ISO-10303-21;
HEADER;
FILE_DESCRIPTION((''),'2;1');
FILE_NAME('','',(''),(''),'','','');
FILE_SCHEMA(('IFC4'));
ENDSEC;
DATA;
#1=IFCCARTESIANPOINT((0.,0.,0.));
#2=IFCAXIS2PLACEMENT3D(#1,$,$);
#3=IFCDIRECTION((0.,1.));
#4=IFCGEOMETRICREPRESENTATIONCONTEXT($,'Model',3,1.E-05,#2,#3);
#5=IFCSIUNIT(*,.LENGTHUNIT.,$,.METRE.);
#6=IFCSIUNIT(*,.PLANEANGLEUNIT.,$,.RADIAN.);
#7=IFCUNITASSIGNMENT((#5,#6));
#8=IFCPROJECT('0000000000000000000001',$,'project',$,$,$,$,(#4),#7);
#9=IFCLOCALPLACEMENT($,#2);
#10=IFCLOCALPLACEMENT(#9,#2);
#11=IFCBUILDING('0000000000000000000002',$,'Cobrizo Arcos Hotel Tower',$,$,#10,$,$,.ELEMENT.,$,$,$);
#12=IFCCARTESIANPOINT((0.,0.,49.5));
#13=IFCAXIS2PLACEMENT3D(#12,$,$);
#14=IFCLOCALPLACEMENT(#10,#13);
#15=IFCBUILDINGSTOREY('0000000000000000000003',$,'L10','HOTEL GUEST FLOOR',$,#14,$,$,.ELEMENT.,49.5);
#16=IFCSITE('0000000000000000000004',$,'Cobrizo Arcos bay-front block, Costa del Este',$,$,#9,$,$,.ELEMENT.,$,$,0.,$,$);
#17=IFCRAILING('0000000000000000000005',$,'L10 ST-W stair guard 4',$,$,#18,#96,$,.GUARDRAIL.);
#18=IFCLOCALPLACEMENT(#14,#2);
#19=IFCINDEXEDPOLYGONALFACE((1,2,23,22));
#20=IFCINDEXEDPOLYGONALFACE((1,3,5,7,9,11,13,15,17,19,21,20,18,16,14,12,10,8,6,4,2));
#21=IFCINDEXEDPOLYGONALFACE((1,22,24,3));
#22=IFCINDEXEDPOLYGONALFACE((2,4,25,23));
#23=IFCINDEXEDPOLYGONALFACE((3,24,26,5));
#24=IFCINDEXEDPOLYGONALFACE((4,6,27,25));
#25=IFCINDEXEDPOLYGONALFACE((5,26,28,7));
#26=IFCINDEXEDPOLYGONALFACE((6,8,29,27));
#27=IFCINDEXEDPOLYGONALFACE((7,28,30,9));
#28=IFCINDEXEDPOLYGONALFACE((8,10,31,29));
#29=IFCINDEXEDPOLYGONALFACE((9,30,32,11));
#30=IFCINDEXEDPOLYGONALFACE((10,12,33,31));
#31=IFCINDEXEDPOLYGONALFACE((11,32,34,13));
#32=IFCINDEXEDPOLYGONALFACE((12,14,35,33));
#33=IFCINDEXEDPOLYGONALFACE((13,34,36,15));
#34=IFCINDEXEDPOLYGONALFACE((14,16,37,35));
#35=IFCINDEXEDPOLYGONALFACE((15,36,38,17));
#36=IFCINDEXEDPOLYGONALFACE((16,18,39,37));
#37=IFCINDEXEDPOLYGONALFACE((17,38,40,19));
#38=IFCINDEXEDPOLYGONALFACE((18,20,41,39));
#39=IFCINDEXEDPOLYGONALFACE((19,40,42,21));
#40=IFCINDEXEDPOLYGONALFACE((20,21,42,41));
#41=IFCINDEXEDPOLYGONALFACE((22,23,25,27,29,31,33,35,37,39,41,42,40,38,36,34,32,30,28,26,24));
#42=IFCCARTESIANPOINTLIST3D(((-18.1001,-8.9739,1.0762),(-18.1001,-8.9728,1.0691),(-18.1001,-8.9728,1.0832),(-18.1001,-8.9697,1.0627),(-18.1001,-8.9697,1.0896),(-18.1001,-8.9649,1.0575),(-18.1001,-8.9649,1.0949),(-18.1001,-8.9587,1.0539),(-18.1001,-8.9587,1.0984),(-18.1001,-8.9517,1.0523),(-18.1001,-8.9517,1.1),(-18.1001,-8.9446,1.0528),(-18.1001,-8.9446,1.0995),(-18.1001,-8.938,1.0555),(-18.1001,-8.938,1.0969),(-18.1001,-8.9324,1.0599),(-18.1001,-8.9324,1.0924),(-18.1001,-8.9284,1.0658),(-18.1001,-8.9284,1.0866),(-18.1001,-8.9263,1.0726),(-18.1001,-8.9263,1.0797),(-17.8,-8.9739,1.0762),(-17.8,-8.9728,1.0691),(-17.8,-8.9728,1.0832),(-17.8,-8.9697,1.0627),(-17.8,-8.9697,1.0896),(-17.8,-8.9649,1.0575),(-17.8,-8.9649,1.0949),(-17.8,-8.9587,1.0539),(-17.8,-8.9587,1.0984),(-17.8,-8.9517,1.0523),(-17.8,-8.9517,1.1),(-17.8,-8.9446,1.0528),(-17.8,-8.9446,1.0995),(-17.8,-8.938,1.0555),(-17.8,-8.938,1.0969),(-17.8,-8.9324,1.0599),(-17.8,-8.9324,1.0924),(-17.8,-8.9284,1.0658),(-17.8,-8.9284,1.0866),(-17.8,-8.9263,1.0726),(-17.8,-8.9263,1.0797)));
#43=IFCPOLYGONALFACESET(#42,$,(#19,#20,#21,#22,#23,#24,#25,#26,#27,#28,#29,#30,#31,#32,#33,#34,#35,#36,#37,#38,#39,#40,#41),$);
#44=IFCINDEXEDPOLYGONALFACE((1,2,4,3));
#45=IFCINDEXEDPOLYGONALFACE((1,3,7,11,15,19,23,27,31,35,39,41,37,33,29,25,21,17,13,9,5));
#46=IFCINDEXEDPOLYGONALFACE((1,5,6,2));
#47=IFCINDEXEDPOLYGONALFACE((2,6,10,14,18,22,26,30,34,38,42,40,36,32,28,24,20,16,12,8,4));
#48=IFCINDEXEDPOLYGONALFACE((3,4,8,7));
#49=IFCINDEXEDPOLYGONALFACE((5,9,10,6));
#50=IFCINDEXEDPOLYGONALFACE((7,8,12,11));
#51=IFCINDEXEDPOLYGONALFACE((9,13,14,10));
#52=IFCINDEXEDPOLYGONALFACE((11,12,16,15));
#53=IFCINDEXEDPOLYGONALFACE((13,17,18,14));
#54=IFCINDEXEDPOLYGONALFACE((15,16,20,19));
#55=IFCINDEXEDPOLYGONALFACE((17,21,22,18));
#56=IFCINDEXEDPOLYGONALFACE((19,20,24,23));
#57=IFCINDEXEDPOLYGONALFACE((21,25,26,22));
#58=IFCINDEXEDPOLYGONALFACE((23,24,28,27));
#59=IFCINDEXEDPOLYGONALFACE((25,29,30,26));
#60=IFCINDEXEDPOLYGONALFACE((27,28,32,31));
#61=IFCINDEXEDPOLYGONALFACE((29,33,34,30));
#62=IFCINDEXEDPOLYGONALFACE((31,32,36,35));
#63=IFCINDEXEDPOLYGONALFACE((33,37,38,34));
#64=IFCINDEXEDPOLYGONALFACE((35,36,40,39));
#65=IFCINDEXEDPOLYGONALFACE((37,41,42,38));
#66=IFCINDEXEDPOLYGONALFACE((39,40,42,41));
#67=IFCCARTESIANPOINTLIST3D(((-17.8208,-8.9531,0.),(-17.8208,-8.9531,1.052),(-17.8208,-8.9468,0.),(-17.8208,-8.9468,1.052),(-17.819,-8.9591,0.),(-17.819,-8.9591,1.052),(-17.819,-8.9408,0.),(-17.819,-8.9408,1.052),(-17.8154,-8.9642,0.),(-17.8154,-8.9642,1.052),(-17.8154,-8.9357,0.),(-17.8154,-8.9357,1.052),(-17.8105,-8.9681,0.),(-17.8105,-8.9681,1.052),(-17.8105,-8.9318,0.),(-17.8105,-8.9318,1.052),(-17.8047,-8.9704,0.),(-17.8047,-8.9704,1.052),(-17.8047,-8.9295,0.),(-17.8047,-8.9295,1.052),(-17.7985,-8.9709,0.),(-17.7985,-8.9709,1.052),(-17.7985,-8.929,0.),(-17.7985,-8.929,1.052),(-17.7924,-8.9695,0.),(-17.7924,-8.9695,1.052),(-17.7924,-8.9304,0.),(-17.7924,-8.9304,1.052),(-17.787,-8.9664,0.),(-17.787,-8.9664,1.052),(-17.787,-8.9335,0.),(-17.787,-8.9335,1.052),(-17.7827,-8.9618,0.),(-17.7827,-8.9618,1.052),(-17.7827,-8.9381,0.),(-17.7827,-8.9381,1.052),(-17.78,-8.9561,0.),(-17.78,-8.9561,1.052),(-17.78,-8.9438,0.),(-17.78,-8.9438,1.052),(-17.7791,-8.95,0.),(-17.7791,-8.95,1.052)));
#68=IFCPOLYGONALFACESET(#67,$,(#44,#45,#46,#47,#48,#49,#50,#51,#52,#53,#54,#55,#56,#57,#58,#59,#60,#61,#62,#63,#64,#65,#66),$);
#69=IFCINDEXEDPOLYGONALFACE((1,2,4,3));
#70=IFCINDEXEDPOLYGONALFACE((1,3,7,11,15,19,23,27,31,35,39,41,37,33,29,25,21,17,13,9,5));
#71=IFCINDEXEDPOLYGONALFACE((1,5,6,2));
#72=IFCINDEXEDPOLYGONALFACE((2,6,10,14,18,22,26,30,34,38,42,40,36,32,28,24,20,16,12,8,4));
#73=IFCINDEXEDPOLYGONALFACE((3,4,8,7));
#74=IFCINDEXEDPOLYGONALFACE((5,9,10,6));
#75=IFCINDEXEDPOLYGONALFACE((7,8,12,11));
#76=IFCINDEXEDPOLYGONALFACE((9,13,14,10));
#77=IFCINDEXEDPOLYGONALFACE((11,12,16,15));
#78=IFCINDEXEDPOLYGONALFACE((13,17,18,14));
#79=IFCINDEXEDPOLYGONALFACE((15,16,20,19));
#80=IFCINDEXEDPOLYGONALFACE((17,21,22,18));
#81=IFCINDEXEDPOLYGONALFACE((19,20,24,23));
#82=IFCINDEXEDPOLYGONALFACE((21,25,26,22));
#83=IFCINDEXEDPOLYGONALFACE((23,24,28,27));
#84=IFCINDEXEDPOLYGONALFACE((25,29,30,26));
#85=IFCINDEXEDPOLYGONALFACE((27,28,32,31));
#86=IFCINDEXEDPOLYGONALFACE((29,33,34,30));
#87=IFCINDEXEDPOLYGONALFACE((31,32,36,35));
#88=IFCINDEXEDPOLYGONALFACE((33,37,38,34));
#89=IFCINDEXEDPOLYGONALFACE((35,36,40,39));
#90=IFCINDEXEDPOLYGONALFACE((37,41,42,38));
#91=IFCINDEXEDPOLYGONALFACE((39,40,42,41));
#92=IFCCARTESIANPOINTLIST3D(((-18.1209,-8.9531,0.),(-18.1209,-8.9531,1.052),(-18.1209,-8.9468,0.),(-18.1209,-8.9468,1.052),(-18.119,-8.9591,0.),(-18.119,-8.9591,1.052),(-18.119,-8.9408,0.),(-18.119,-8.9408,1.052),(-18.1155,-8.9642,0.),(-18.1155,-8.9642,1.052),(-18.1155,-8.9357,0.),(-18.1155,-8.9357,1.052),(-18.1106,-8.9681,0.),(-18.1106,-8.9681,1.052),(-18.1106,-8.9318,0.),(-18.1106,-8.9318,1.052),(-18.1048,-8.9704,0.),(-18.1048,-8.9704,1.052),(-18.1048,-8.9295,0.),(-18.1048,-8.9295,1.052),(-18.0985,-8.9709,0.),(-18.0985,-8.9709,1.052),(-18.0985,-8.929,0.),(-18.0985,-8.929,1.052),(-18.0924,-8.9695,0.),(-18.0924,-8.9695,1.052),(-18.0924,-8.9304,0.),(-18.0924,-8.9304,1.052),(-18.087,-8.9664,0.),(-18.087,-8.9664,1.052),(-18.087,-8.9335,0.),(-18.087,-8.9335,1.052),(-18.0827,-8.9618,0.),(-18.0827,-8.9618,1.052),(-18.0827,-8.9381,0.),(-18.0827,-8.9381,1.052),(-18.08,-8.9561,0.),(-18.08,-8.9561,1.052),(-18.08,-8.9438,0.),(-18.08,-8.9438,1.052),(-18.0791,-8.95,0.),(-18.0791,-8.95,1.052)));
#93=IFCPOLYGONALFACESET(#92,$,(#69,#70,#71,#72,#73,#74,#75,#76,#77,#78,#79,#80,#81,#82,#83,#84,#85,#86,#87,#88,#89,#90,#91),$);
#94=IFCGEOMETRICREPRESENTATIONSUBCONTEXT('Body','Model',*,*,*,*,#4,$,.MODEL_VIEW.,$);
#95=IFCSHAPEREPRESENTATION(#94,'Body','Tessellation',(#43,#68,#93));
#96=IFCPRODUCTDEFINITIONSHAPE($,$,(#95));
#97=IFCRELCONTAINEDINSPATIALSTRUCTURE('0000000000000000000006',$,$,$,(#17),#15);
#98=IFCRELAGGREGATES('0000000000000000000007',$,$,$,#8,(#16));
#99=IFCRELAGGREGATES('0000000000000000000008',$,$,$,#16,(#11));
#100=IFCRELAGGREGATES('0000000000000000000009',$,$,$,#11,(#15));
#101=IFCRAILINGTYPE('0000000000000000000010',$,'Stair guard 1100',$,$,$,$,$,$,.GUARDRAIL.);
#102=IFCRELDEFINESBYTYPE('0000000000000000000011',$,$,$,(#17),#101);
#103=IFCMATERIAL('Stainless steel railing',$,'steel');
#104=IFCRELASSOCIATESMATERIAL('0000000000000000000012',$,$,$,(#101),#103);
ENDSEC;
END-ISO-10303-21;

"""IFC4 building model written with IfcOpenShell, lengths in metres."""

from ifc_helpers import new_model, si_unit, direction, frame, origin, origin_2d, place, context, subcontext, project, spatial, circle, extrude, material, type_object, element, save


model = new_model("IFC4")

# Units and contexts
model_context = context("Model", 3, precision=1e-05, world=origin(), true_north=direction((0.0, 1.0)))
body_context = subcontext(model_context, "Body", "Model", "MODEL_VIEW")
ifc_project = project(units=[si_unit("LENGTHUNIT", "METRE"), si_unit("PLANEANGLEUNIT", "RADIAN")], contexts=[model_context])

# Site, building, storey
site_placement = place(None, origin())
site = spatial("IfcSite", under=ifc_project, at=site_placement, Name="Cobrizo Arcos bay-front block, Costa del Este", CompositionType="ELEMENT", RefElevation=0.0)
building_placement = place(site_placement, origin())
building = spatial("IfcBuilding", under=site, at=building_placement, Name="Cobrizo Arcos Hotel Tower", CompositionType="ELEMENT")
storey_placement = place(building_placement, frame((0.0, 0.0, 49.5)))
storey = spatial("IfcBuildingStorey", under=building, at=storey_placement, Name="L10", Description="HOTEL GUEST FLOOR", CompositionType="ELEMENT", Elevation=49.5)

# Railing
ifc_material_1 = material(Name="Stainless steel railing", Category="steel")
railing_type_1 = type_object("IfcRailingType", Name="Stair guard 1100", PredefinedType="GUARDRAIL", material=ifc_material_1)
railing_1_placement = place(storey_placement, frame((-17.8, -8.95, 0.0)))
element("IfcRailing", 1, at=railing_1_placement, inside=storey, type_object=railing_type_1, Name="L10 ST-W stair guard 4", PredefinedType="GUARDRAIL", context=body_context, shape_type="SweptSolid", body=[
    extrude(circle(Radius=0.0239, at=origin_2d()), frame((0.0, 0.0, 1.0762), z_axis=(-1.0, 0.0, 0.0), x_axis=(0.0, -1.0, 0.0)), (0.0, 0.0, 1.0), 0.3),
    extrude(circle(Radius=0.021, at=origin_2d()), origin(), (0.0, 0.0, 1.0), 1.052),
    extrude(circle(Radius=0.021, at=origin_2d()), frame((-0.3, 0.0, 0.0)), (0.0, 0.0, 1.0), 1.052),
])

save(model, "model.ifc")
